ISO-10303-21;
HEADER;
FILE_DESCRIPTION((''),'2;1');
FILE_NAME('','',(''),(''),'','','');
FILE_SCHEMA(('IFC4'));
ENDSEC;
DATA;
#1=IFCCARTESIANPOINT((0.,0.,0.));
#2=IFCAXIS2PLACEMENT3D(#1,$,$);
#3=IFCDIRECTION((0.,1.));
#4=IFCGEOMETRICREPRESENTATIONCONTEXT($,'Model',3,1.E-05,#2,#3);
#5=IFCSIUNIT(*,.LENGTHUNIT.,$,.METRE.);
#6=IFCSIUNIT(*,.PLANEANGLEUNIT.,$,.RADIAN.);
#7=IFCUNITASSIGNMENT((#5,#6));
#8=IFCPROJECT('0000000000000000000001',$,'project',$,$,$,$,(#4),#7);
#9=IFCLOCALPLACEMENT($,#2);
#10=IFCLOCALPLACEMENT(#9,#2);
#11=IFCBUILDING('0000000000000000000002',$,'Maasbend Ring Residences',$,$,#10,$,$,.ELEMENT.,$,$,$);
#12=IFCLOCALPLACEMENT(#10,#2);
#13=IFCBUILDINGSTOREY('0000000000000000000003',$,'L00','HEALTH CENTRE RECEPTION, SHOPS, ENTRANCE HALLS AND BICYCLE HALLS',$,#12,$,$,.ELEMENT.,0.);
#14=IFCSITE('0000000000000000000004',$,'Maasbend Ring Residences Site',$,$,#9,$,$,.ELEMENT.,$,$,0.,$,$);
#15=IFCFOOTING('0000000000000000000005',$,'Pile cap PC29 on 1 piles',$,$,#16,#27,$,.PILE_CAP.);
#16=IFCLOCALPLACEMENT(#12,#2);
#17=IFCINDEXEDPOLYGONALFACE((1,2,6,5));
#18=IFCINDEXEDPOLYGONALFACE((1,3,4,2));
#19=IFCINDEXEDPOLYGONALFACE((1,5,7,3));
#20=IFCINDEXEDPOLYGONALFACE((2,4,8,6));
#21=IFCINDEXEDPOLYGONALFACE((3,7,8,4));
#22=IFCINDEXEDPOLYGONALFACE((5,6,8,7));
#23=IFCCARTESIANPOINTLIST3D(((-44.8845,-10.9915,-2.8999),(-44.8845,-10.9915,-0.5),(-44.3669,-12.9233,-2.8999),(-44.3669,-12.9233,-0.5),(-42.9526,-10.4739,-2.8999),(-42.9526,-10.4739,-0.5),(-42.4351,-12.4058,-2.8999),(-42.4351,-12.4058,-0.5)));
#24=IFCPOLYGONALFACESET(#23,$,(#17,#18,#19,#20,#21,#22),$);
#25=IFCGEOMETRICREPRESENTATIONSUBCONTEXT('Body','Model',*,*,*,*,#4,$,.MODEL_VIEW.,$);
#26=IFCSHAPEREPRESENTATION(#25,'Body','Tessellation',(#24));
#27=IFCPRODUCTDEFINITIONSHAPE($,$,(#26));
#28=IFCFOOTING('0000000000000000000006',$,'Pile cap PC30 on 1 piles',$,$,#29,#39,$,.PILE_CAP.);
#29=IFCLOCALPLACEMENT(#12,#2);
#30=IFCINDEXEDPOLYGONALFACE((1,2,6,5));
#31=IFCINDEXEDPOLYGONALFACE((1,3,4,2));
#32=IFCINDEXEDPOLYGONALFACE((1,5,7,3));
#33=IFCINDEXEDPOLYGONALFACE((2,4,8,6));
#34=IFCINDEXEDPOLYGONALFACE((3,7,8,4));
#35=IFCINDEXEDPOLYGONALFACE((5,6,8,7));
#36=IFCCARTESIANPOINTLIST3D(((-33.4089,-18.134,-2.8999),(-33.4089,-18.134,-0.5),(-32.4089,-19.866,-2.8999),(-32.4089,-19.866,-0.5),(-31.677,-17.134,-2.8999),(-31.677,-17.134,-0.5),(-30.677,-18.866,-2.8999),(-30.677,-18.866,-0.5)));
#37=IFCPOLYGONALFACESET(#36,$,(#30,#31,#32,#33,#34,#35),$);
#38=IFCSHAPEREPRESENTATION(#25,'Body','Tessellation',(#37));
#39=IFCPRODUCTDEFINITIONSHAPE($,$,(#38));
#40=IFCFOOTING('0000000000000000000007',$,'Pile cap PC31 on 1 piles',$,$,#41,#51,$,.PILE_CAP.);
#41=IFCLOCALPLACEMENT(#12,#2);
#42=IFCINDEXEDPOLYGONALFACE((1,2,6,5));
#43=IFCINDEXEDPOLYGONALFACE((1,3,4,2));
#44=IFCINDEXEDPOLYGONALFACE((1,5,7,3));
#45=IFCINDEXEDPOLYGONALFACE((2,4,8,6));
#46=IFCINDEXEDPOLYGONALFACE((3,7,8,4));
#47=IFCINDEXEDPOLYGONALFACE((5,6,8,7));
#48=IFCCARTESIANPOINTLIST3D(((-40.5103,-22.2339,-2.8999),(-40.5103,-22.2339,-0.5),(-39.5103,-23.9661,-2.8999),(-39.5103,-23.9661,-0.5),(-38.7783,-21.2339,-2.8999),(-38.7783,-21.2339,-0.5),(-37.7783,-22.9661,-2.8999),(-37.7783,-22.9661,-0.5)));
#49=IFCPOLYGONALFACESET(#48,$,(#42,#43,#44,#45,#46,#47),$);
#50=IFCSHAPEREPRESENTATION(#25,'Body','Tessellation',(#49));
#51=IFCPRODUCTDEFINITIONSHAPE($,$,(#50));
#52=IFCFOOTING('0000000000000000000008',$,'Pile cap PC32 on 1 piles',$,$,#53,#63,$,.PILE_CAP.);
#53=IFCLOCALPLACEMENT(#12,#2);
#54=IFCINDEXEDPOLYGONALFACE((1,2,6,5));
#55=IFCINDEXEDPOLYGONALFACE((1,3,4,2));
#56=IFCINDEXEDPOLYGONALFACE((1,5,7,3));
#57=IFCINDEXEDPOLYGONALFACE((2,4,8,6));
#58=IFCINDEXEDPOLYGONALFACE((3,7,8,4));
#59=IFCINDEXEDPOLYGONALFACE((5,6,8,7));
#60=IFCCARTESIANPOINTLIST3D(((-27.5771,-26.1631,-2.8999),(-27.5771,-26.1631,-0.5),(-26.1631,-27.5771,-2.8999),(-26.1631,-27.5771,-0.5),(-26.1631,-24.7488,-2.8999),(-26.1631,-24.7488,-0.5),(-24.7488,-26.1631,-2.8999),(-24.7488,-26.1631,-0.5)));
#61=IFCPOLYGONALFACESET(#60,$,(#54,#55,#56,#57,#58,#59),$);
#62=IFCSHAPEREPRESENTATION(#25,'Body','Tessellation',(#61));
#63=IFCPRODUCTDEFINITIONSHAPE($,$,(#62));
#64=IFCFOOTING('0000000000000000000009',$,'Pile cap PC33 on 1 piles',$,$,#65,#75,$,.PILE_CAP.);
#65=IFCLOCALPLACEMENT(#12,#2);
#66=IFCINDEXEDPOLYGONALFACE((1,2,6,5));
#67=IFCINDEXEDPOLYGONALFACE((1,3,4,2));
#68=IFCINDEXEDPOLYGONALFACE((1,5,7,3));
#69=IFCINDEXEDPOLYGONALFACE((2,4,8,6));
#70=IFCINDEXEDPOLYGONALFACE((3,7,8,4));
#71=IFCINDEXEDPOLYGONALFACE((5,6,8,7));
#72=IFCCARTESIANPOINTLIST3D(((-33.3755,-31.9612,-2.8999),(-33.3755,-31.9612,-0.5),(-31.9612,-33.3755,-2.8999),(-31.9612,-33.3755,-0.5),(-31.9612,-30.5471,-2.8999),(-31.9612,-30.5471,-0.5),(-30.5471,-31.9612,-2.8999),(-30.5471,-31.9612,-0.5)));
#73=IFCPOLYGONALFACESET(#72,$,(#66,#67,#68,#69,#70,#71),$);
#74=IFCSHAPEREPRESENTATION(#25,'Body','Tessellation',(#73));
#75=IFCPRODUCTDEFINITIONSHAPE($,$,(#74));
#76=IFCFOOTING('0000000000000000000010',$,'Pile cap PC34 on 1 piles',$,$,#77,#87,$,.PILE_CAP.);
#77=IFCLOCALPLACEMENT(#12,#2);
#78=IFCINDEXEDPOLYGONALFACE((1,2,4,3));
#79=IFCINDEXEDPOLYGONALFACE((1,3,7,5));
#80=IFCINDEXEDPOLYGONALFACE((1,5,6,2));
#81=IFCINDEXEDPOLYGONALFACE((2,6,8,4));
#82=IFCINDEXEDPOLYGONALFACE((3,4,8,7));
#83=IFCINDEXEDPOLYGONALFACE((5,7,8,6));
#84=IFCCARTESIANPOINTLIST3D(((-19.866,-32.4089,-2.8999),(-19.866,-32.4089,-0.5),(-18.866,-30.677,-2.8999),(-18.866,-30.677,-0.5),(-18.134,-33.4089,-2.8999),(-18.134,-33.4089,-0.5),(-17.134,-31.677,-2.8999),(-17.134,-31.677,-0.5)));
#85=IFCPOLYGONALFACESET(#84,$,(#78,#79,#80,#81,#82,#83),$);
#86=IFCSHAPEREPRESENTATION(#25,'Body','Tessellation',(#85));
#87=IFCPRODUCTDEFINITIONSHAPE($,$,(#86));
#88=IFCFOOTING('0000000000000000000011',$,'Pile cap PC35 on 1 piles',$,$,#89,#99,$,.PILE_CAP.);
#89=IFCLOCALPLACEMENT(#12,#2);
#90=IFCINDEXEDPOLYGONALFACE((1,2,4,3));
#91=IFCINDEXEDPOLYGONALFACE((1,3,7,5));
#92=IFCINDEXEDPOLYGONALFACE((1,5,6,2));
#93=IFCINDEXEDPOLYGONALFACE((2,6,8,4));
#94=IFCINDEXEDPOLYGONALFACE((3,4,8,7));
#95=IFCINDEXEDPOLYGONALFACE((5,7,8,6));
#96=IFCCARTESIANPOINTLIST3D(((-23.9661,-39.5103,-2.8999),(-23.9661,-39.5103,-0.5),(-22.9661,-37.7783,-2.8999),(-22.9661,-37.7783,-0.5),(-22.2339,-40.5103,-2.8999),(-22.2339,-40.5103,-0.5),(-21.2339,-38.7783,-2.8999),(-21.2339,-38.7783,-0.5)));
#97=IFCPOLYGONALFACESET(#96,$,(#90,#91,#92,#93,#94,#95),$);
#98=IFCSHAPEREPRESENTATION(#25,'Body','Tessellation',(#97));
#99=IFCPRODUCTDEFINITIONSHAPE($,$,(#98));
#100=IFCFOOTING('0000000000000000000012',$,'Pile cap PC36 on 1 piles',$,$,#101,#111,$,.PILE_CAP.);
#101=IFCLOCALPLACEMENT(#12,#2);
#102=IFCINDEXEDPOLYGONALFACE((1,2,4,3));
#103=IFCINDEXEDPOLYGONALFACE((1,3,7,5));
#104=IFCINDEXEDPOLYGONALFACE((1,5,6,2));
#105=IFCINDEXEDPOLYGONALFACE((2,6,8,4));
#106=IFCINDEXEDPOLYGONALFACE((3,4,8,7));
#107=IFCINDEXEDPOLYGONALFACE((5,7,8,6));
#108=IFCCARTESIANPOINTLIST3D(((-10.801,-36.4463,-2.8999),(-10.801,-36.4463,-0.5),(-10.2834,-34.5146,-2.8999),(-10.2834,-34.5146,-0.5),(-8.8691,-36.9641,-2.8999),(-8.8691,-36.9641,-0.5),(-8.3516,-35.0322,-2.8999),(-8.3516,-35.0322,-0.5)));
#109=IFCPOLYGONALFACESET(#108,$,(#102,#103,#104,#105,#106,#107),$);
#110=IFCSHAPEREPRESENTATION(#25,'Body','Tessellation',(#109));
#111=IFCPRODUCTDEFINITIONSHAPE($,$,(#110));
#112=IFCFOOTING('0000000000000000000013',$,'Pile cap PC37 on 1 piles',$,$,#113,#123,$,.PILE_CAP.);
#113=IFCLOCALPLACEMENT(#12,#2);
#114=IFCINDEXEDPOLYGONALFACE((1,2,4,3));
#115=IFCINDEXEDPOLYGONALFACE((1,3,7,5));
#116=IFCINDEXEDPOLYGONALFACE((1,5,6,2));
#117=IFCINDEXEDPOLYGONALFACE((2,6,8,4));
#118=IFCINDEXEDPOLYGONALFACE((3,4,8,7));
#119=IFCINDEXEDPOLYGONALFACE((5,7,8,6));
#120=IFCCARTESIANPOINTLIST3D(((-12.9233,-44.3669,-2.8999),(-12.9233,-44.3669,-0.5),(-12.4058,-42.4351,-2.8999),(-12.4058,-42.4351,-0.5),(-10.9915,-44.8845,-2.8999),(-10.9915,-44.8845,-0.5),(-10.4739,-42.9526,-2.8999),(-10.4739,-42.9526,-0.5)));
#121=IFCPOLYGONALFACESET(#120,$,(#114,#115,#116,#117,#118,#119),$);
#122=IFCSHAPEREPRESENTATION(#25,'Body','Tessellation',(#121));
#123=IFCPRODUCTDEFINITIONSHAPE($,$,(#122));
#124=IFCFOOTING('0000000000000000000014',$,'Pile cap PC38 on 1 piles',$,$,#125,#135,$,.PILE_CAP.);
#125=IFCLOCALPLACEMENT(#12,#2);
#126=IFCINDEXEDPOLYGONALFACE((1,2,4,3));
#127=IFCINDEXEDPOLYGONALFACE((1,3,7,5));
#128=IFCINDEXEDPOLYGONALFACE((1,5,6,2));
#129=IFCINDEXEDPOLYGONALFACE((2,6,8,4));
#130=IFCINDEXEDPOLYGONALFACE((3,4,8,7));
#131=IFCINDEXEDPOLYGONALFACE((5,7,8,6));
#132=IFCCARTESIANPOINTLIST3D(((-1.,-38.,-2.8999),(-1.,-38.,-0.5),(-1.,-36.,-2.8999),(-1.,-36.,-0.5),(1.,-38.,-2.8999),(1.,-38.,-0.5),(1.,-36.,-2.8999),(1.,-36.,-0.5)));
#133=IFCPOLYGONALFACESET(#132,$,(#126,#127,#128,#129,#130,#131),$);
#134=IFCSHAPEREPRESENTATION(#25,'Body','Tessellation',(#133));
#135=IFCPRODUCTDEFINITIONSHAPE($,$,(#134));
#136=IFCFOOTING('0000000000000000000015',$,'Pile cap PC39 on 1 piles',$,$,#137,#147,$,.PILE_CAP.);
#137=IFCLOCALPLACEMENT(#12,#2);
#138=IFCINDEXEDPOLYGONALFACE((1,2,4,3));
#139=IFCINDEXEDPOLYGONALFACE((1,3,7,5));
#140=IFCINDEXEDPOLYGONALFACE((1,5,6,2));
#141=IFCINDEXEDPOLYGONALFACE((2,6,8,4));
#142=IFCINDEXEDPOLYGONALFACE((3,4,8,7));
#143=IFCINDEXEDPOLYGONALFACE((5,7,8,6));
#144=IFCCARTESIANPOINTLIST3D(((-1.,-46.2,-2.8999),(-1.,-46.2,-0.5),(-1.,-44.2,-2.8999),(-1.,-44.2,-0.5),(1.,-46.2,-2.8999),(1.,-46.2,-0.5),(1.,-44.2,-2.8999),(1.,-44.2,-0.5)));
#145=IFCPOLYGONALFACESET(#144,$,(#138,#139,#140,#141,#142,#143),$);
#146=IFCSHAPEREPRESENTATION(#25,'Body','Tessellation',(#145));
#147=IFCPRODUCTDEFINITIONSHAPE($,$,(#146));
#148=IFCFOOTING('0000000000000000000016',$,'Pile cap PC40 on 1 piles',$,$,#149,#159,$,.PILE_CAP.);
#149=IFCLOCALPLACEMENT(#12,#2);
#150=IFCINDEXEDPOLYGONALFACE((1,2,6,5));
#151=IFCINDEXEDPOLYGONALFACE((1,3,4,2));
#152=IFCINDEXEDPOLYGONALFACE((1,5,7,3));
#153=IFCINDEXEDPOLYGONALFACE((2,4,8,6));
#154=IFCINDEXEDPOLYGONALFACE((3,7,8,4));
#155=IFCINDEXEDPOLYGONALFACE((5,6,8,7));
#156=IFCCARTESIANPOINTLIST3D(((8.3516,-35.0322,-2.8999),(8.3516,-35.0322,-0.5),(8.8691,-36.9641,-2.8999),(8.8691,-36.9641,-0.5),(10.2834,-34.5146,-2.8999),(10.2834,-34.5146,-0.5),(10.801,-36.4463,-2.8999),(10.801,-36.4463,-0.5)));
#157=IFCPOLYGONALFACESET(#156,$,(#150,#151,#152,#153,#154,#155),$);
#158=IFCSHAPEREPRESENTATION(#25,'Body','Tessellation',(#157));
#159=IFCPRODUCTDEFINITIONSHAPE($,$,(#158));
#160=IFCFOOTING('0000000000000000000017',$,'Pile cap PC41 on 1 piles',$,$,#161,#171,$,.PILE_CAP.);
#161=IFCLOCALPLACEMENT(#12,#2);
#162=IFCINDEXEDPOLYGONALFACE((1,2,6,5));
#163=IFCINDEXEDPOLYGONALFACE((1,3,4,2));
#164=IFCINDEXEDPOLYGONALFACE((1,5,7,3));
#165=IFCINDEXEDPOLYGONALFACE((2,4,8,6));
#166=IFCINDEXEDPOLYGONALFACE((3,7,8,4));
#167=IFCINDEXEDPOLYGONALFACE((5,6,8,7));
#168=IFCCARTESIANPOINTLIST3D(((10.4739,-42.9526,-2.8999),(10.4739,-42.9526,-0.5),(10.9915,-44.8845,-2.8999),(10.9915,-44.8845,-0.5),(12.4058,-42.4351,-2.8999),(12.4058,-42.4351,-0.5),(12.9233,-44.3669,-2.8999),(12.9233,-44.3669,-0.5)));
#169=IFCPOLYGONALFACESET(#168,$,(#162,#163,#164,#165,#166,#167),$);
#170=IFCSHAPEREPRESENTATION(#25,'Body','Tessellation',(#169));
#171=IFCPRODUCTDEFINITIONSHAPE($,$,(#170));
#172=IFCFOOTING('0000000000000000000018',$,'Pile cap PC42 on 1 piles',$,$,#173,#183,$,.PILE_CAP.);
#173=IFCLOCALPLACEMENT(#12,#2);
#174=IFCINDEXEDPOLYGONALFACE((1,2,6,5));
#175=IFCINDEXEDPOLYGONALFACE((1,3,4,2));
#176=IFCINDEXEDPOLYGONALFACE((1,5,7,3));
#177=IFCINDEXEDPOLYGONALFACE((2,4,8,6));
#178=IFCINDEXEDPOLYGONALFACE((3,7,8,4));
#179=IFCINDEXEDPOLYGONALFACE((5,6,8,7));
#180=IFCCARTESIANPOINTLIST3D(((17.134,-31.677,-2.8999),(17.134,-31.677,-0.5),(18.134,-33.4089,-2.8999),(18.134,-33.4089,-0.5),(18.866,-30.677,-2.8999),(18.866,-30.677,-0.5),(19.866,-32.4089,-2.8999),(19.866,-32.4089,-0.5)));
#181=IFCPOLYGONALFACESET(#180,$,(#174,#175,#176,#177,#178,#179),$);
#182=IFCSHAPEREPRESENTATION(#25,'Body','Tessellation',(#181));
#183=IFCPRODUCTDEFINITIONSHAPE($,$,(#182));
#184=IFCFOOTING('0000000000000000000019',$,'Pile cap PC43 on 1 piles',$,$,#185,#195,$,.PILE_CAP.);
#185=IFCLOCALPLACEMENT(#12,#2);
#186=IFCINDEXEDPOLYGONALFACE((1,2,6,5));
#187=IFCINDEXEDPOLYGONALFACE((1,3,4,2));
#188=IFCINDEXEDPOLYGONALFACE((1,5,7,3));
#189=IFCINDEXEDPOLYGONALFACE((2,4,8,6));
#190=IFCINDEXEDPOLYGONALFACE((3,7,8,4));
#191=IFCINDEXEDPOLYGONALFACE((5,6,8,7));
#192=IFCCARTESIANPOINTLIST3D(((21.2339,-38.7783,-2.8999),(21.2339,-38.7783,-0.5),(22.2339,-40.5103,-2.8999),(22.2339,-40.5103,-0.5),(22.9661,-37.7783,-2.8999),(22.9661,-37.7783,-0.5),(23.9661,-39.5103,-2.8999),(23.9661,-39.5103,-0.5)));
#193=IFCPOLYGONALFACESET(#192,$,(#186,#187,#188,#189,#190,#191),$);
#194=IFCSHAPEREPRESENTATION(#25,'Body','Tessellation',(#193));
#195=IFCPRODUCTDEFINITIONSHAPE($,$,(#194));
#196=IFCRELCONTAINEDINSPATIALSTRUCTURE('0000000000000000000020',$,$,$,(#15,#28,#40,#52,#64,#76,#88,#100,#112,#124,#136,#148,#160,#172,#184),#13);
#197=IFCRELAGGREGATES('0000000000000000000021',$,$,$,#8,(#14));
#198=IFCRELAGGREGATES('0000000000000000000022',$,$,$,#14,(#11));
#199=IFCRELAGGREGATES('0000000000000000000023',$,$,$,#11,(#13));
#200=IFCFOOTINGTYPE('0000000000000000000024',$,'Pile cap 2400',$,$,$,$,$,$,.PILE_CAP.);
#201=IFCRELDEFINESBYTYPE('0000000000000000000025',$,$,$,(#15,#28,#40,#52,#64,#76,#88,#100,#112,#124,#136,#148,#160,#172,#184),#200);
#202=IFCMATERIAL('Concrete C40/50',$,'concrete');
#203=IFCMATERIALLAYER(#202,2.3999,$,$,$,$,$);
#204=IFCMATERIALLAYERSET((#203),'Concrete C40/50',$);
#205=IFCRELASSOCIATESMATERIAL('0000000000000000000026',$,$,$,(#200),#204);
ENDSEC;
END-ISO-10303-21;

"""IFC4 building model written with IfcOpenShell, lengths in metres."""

from ifc_helpers import new_model, si_unit, direction, frame, origin, place, context, subcontext, project, spatial, polyline, outline, extrude, material, layer, layer_set, type_object, element, save


model = new_model("IFC4")

# Units and contexts
model_context = context("Model", 3, precision=1e-05, world=origin(), true_north=direction((0.0, 1.0)))
body_context = subcontext(model_context, "Body", "Model", "MODEL_VIEW")
ifc_project = project(units=[si_unit("LENGTHUNIT", "METRE"), si_unit("PLANEANGLEUNIT", "RADIAN")], contexts=[model_context])

# Site, building, storey
site_placement = place(None, origin())
site = spatial("IfcSite", under=ifc_project, at=site_placement, Name="Maasbend Ring Residences Site", CompositionType="ELEMENT", RefElevation=0.0)
building_placement = place(site_placement, origin())
building = spatial("IfcBuilding", under=site, at=building_placement, Name="Maasbend Ring Residences", CompositionType="ELEMENT")
storey_placement = place(building_placement, origin())
storey = spatial("IfcBuildingStorey", under=building, at=storey_placement, Name="L00", Description="HEALTH CENTRE RECEPTION, SHOPS, ENTRANCE HALLS AND BICYCLE HALLS", CompositionType="ELEMENT", Elevation=0.0)

# Footings
ifc_material = material(Name="Concrete C40/50", Category="concrete")
ifc_layer = layer(ifc_material, 2.3999)
ifc_layer_set = layer_set([ifc_layer], Name="Concrete C40/50")
footing_type = type_object("IfcFootingType", Name="Pile cap 2400", PredefinedType="PILE_CAP", material=ifc_layer_set)
footing_1_placement = place(storey_placement, frame((0.0, 0.0, -2.8999)))
element("IfcFooting", 1, at=footing_1_placement, inside=storey, type_object=footing_type, Name="Pile cap PC29 on 1 piles", PredefinedType="PILE_CAP", context=body_context, shape_type="SweptSolid", body=[
    extrude(outline(polyline([(-42.9526, -10.4739), (-44.8845, -10.9915), (-44.3669, -12.9233), (-42.4351, -12.4058), (-42.9526, -10.4739)])), origin(), (0.0, 0.0, 1.0), 2.3999),
])
footing_2_placement = place(storey_placement, frame((0.0, 0.0, -2.8999)))
element("IfcFooting", 2, at=footing_2_placement, inside=storey, type_object=footing_type, Name="Pile cap PC30 on 1 piles", PredefinedType="PILE_CAP", context=body_context, shape_type="SweptSolid", body=[
    extrude(outline(polyline([(-31.677, -17.134), (-33.4089, -18.134), (-32.4089, -19.866), (-30.677, -18.866), (-31.677, -17.134)])), origin(), (0.0, 0.0, 1.0), 2.3999),
])
footing_3_placement = place(storey_placement, frame((0.0, 0.0, -2.8999)))
element("IfcFooting", 3, at=footing_3_placement, inside=storey, type_object=footing_type, Name="Pile cap PC31 on 1 piles", PredefinedType="PILE_CAP", context=body_context, shape_type="SweptSolid", body=[
    extrude(outline(polyline([(-38.7783, -21.2339), (-40.5103, -22.2339), (-39.5103, -23.9661), (-37.7783, -22.9661), (-38.7783, -21.2339)])), origin(), (0.0, 0.0, 1.0), 2.3999),
])
footing_4_placement = place(storey_placement, frame((0.0, 0.0, -2.8999)))
element("IfcFooting", 4, at=footing_4_placement, inside=storey, type_object=footing_type, Name="Pile cap PC32 on 1 piles", PredefinedType="PILE_CAP", context=body_context, shape_type="SweptSolid", body=[
    extrude(outline(polyline([(-26.1631, -24.7488), (-27.5771, -26.1631), (-26.1631, -27.5771), (-24.7488, -26.1631), (-26.1631, -24.7488)])), origin(), (0.0, 0.0, 1.0), 2.3999),
])
footing_5_placement = place(storey_placement, frame((0.0, 0.0, -2.8999)))
element("IfcFooting", 5, at=footing_5_placement, inside=storey, type_object=footing_type, Name="Pile cap PC33 on 1 piles", PredefinedType="PILE_CAP", context=body_context, shape_type="SweptSolid", body=[
    extrude(outline(polyline([(-31.9612, -30.5471), (-33.3755, -31.9612), (-31.9612, -33.3755), (-30.5471, -31.9612), (-31.9612, -30.5471)])), origin(), (0.0, 0.0, 1.0), 2.3999),
])
footing_6_placement = place(storey_placement, frame((0.0, 0.0, -2.8999)))
element("IfcFooting", 6, at=footing_6_placement, inside=storey, type_object=footing_type, Name="Pile cap PC34 on 1 piles", PredefinedType="PILE_CAP", context=body_context, shape_type="SweptSolid", body=[
    extrude(outline(polyline([(-18.866, -30.677), (-19.866, -32.4089), (-18.134, -33.4089), (-17.134, -31.677), (-18.866, -30.677)])), origin(), (0.0, 0.0, 1.0), 2.3999),
])
footing_7_placement = place(storey_placement, frame((0.0, 0.0, -2.8999)))
element("IfcFooting", 7, at=footing_7_placement, inside=storey, type_object=footing_type, Name="Pile cap PC35 on 1 piles", PredefinedType="PILE_CAP", context=body_context, shape_type="SweptSolid", body=[
    extrude(outline(polyline([(-22.9661, -37.7783), (-23.9661, -39.5103), (-22.2339, -40.5103), (-21.2339, -38.7783), (-22.9661, -37.7783)])), origin(), (0.0, 0.0, 1.0), 2.3999),
])
footing_8_placement = place(storey_placement, frame((0.0, 0.0, -2.8999)))
element("IfcFooting", 8, at=footing_8_placement, inside=storey, type_object=footing_type, Name="Pile cap PC36 on 1 piles", PredefinedType="PILE_CAP", context=body_context, shape_type="SweptSolid", body=[
    extrude(outline(polyline([(-10.2834, -34.5146), (-10.801, -36.4463), (-8.8691, -36.9641), (-8.3516, -35.0322), (-10.2834, -34.5146)])), origin(), (0.0, 0.0, 1.0), 2.3999),
])
footing_9_placement = place(storey_placement, frame((0.0, 0.0, -2.8999)))
element("IfcFooting", 9, at=footing_9_placement, inside=storey, type_object=footing_type, Name="Pile cap PC37 on 1 piles", PredefinedType="PILE_CAP", context=body_context, shape_type="SweptSolid", body=[
    extrude(outline(polyline([(-12.4058, -42.4351), (-12.9233, -44.3669), (-10.9915, -44.8845), (-10.4739, -42.9526), (-12.4058, -42.4351)])), origin(), (0.0, 0.0, 1.0), 2.3999),
])
footing_10_placement = place(storey_placement, frame((0.0, 0.0, -2.8999)))
element("IfcFooting", 10, at=footing_10_placement, inside=storey, type_object=footing_type, Name="Pile cap PC38 on 1 piles", PredefinedType="PILE_CAP", context=body_context, shape_type="SweptSolid", body=[
    extrude(outline(polyline([(-1.0, -36.0), (-1.0, -38.0), (1.0, -38.0), (1.0, -36.0), (-1.0, -36.0)])), origin(), (0.0, 0.0, 1.0), 2.3999),
])
footing_11_placement = place(storey_placement, frame((0.0, 0.0, -2.8999)))
element("IfcFooting", 11, at=footing_11_placement, inside=storey, type_object=footing_type, Name="Pile cap PC39 on 1 piles", PredefinedType="PILE_CAP", context=body_context, shape_type="SweptSolid", body=[
    extrude(outline(polyline([(-1.0, -44.2), (-1.0, -46.2), (1.0, -46.2), (1.0, -44.2), (-1.0, -44.2)])), origin(), (0.0, 0.0, 1.0), 2.3999),
])
footing_12_placement = place(storey_placement, frame((0.0, 0.0, -2.8999)))
element("IfcFooting", 12, at=footing_12_placement, inside=storey, type_object=footing_type, Name="Pile cap PC40 on 1 piles", PredefinedType="PILE_CAP", context=body_context, shape_type="SweptSolid", body=[
    extrude(outline(polyline([(8.3516, -35.0322), (8.8691, -36.9641), (10.801, -36.4463), (10.2834, -34.5146), (8.3516, -35.0322)])), origin(), (0.0, 0.0, 1.0), 2.3999),
])
footing_13_placement = place(storey_placement, frame((0.0, 0.0, -2.8999)))
element("IfcFooting", 13, at=footing_13_placement, inside=storey, type_object=footing_type, Name="Pile cap PC41 on 1 piles", PredefinedType="PILE_CAP", context=body_context, shape_type="SweptSolid", body=[
    extrude(outline(polyline([(10.4739, -42.9526), (10.9915, -44.8845), (12.9233, -44.3669), (12.4058, -42.4351), (10.4739, -42.9526)])), origin(), (0.0, 0.0, 1.0), 2.3999),
])
footing_14_placement = place(storey_placement, frame((0.0, 0.0, -2.8999)))
element("IfcFooting", 14, at=footing_14_placement, inside=storey, type_object=footing_type, Name="Pile cap PC42 on 1 piles", PredefinedType="PILE_CAP", context=body_context, shape_type="SweptSolid", body=[
    extrude(outline(polyline([(17.134, -31.677), (18.134, -33.4089), (19.866, -32.4089), (18.866, -30.677), (17.134, -31.677)])), origin(), (0.0, 0.0, 1.0), 2.3999),
])
footing_15_placement = place(storey_placement, frame((0.0, 0.0, -2.8999)))
element("IfcFooting", 15, at=footing_15_placement, inside=storey, type_object=footing_type, Name="Pile cap PC43 on 1 piles", PredefinedType="PILE_CAP", context=body_context, shape_type="SweptSolid", body=[
    extrude(outline(polyline([(21.2339, -38.7783), (22.2339, -40.5103), (23.9661, -39.5103), (22.9661, -37.7783), (21.2339, -38.7783)])), origin(), (0.0, 0.0, 1.0), 2.3999),
])

save(model, "model.ifc")
